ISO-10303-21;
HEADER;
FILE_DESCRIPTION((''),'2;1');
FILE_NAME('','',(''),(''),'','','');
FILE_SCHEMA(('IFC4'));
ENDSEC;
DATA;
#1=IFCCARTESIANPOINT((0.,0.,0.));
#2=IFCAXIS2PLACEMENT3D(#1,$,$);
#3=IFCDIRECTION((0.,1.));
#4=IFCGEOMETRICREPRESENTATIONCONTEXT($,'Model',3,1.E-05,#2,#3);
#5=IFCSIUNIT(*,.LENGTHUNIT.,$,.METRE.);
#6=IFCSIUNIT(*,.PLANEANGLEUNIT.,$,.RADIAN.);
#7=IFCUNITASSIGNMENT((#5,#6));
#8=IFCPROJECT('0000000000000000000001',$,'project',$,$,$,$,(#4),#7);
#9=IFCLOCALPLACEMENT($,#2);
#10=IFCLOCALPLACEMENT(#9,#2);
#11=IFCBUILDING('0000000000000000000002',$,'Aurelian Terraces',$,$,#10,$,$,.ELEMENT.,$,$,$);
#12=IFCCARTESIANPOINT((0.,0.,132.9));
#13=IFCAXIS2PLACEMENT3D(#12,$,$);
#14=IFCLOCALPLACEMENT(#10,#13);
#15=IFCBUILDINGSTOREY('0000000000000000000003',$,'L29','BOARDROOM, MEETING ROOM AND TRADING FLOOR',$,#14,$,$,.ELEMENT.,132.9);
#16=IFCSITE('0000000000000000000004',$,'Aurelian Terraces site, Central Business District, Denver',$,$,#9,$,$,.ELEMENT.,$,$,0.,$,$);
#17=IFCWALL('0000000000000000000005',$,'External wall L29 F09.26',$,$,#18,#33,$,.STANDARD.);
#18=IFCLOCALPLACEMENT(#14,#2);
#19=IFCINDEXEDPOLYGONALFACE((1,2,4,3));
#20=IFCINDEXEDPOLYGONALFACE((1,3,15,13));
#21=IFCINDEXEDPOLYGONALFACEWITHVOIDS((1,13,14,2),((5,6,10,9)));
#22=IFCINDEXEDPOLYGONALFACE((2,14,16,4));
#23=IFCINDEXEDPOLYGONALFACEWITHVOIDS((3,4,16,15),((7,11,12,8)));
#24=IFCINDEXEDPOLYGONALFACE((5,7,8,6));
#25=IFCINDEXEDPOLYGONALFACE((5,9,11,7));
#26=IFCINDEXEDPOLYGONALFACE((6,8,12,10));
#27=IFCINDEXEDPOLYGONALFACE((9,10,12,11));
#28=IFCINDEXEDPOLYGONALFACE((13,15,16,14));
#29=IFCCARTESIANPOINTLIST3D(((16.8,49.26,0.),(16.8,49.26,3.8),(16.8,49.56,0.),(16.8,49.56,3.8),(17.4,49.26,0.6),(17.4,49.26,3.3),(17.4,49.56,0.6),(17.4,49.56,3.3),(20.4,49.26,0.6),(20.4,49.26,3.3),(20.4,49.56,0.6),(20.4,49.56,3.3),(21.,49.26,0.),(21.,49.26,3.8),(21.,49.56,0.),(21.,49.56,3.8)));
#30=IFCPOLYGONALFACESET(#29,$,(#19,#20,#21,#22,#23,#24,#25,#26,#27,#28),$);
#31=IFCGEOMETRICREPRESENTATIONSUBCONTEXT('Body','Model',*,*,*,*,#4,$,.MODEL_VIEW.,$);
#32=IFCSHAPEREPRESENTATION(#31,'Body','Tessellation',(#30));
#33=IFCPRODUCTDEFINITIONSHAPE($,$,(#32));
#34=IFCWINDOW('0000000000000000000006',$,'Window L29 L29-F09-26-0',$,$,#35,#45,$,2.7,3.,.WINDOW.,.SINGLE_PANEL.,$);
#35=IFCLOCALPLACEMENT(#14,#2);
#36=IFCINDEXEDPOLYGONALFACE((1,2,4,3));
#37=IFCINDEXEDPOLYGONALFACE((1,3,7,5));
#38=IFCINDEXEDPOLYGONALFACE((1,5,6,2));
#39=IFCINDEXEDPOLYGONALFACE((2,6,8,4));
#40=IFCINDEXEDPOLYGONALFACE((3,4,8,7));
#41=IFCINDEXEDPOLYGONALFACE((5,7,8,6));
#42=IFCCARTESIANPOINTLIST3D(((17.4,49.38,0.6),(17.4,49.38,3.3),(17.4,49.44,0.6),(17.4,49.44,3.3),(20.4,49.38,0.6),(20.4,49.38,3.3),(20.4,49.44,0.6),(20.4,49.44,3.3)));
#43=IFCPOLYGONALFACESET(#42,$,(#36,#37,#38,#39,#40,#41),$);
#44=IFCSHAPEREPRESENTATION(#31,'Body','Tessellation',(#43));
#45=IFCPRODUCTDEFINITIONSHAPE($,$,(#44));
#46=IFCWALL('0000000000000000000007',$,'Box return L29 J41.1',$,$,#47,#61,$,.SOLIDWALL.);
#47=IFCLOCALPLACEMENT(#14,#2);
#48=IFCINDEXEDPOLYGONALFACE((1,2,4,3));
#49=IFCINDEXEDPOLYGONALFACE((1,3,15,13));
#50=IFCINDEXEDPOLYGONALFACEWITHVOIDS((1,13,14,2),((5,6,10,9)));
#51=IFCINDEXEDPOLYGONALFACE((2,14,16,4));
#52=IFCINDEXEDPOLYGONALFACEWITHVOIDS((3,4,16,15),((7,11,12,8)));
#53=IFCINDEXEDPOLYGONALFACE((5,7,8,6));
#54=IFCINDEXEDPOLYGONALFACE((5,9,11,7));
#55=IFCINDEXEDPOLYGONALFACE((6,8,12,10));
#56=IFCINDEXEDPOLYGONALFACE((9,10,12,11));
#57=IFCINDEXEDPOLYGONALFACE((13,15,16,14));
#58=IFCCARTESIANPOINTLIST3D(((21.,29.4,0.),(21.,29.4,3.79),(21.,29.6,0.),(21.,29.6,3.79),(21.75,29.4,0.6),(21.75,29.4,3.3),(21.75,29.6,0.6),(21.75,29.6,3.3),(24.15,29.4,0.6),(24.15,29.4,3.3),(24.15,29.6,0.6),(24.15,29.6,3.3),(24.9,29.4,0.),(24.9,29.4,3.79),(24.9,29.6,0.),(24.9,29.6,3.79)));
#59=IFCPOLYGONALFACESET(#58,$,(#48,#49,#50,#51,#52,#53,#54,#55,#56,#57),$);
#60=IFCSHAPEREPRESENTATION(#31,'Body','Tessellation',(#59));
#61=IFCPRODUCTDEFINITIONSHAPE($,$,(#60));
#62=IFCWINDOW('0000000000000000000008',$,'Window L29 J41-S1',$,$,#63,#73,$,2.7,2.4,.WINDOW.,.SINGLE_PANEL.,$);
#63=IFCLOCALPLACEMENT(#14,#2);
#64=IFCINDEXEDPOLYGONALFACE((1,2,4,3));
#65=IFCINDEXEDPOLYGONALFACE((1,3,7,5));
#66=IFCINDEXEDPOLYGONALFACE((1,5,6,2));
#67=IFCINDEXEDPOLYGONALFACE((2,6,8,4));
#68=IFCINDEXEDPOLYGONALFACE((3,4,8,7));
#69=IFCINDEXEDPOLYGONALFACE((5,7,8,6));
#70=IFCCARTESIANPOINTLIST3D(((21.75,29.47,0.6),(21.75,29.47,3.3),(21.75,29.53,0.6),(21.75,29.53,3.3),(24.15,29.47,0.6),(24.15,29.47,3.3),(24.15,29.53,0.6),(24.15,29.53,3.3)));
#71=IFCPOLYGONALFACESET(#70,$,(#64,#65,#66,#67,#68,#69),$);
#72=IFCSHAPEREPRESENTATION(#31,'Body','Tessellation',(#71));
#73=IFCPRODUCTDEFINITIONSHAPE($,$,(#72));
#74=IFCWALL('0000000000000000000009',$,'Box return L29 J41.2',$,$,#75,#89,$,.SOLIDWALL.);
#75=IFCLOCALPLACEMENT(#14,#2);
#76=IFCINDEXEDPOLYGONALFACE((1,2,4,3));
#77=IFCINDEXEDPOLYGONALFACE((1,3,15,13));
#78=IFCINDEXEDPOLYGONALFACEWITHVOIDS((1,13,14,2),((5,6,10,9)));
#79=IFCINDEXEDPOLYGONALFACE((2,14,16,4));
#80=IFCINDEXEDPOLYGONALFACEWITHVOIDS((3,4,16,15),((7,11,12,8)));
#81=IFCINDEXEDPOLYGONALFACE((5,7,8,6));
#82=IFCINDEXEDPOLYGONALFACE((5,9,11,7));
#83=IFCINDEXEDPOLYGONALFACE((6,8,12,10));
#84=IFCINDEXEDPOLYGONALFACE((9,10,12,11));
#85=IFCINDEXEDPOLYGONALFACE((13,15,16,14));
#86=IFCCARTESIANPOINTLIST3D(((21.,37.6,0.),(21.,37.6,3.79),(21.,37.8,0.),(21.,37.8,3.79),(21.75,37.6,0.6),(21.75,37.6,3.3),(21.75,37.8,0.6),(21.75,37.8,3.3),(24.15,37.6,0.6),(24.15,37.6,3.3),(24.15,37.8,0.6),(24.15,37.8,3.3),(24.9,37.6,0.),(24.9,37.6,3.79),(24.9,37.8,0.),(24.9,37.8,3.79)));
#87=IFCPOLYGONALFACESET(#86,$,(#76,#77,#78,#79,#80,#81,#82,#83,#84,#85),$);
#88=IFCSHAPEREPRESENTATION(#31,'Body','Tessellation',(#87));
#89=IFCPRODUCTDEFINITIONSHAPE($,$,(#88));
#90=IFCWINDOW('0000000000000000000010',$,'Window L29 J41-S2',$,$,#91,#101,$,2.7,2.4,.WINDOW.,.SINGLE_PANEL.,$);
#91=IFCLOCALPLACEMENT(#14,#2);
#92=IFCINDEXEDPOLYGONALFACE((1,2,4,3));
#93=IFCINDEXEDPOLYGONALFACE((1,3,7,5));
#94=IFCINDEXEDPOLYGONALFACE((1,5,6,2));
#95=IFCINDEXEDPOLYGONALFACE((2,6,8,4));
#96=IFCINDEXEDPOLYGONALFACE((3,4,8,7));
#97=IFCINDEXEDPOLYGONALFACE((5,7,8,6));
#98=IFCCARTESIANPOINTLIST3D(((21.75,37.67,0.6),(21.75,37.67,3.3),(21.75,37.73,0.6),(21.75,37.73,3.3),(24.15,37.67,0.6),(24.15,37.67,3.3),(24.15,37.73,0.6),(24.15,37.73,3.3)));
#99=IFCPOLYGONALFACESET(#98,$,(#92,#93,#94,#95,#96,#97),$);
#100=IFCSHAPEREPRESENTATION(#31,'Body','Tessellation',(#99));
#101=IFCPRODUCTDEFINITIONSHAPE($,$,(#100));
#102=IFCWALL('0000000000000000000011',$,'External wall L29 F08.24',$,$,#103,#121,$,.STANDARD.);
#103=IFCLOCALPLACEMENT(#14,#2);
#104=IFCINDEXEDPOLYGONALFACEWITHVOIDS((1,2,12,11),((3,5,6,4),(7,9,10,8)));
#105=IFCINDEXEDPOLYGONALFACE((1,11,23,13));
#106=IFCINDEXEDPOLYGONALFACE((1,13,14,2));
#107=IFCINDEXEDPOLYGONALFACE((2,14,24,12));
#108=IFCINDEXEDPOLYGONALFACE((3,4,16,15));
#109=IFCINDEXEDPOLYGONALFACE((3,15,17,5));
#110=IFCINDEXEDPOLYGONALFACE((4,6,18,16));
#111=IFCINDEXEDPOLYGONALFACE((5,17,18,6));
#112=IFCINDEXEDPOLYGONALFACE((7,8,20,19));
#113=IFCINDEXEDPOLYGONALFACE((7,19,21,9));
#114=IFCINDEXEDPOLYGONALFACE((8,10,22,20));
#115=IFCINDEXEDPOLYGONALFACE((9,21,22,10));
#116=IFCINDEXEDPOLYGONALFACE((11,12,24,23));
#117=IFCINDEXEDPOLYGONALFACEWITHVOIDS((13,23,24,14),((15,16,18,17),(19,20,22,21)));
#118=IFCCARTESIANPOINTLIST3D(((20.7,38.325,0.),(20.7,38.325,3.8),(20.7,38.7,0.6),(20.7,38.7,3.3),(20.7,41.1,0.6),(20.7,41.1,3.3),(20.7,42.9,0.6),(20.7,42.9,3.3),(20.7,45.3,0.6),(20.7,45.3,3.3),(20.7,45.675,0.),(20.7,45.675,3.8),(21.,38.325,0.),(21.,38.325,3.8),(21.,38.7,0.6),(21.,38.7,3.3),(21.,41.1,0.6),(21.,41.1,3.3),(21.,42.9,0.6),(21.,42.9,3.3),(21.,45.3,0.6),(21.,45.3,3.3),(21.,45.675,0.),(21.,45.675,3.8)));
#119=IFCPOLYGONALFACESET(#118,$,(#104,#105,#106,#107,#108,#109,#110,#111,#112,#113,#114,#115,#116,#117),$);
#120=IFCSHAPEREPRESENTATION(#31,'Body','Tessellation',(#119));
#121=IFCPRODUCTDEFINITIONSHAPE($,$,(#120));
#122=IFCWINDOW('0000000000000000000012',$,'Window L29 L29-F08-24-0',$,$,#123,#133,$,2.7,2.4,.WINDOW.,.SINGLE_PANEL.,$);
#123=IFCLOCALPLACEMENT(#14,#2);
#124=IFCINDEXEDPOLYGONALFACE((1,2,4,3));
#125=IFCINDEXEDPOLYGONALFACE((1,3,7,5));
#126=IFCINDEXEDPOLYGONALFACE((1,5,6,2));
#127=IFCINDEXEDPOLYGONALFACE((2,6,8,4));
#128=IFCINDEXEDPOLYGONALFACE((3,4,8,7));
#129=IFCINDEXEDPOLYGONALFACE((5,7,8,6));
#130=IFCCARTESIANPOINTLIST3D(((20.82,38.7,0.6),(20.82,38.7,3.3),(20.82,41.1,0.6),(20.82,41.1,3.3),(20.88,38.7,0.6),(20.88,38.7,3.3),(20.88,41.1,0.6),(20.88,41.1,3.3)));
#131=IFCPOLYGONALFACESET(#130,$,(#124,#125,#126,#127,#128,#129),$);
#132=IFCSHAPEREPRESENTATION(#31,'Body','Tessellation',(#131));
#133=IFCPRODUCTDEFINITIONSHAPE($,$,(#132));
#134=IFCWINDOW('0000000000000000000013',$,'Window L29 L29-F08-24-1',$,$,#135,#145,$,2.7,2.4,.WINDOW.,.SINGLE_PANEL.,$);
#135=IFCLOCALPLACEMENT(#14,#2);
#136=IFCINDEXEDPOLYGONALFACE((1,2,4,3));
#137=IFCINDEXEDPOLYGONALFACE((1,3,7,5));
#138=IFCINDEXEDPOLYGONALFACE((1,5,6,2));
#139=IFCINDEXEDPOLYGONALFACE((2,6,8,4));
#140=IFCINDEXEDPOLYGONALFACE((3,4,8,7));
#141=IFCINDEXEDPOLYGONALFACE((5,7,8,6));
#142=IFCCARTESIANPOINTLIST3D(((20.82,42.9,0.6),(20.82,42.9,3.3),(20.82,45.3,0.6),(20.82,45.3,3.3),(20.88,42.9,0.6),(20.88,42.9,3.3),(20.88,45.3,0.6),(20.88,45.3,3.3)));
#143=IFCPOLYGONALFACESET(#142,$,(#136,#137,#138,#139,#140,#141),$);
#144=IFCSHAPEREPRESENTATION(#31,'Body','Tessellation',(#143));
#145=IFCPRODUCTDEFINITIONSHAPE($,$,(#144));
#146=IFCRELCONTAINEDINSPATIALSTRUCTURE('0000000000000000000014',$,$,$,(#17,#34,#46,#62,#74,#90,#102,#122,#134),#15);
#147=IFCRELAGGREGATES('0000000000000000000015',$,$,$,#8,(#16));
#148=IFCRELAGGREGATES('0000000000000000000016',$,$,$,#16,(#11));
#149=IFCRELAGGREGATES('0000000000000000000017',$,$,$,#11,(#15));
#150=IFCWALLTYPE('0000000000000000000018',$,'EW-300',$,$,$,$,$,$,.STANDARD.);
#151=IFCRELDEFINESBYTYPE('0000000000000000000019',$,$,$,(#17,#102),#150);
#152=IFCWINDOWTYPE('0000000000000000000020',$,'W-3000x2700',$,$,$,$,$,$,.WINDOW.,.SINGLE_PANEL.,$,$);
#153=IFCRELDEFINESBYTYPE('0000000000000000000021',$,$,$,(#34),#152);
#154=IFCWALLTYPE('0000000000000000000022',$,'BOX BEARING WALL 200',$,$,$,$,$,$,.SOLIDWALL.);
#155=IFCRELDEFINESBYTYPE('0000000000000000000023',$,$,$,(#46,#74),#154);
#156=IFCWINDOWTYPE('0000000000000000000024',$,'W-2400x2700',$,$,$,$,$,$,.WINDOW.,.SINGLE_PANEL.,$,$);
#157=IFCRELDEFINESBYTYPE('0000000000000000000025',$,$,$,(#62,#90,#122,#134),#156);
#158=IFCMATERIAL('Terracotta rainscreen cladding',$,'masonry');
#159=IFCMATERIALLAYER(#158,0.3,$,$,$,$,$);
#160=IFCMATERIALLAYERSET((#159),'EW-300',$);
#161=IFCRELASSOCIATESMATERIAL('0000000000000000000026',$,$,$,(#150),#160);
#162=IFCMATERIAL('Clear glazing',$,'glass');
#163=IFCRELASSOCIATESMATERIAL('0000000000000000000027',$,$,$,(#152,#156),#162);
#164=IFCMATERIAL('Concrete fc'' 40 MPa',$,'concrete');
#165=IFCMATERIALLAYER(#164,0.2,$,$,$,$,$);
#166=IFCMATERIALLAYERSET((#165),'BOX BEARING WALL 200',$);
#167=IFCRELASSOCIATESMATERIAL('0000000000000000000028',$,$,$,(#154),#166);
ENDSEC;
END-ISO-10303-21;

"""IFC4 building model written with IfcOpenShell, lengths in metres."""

from ifc_helpers import new_model, si_unit, direction, frame, frame_2d, origin, place, context, subcontext, project, spatial, rectangle, extrude, source, transform, mapped, material, layer, layer_set, type_object, element, fill, save


model = new_model("IFC4")

# Units and contexts
model_context = context("Model", 3, precision=1e-05, world=origin(), true_north=direction((0.0, 1.0)))
body_context = subcontext(model_context, "Body", "Model", "MODEL_VIEW")
ifc_project = project(units=[si_unit("LENGTHUNIT", "METRE"), si_unit("PLANEANGLEUNIT", "RADIAN")], contexts=[model_context])

# Site, building, storey
site_placement = place(None, origin())
site = spatial("IfcSite", under=ifc_project, at=site_placement, Name="Aurelian Terraces site, Central Business District, Denver", CompositionType="ELEMENT", RefElevation=0.0)
building_placement = place(site_placement, origin())
building = spatial("IfcBuilding", under=site, at=building_placement, Name="Aurelian Terraces", CompositionType="ELEMENT")
storey_placement = place(building_placement, frame((0.0, 0.0, 132.9)))
storey = spatial("IfcBuildingStorey", under=building, at=storey_placement, Name="L29", Description="BOARDROOM, MEETING ROOM AND TRADING FLOOR", CompositionType="ELEMENT", Elevation=132.9)

# Walls, openings, windows
ifc_material_1 = material(Name="Terracotta rainscreen cladding", Category="masonry")
ifc_layer_1 = layer(ifc_material_1, 0.3)
ifc_layer_set_1 = layer_set([ifc_layer_1], Name="EW-300")
wall_type_1 = type_object("IfcWallType", Name="EW-300", PredefinedType="STANDARD", material=ifc_layer_set_1)
shared_shape_1 = source(origin(), body_context, "Body", "SweptSolid", [
    extrude(rectangle(XDim=4.2, YDim=0.3, at=frame_2d((2.1, 0.0))), origin(), (0.0, 0.0, 1.0), 3.8),
])
wall_1_placement = place(storey_placement, frame((21.0, 49.41, 0.0), z_axis=(0.0, 0.0, 1.0), x_axis=(-1.0, 0.0, 0.0)))
wall_1 = element("IfcWall", 1, at=wall_1_placement, inside=storey, type_object=wall_type_1, Name="External wall L29 F09.26", PredefinedType="STANDARD", context=body_context, shape_type="MappedRepresentation", body=[
    mapped(shared_shape_1, transform((0.0, 0.0, 0.0), scale=1.0)),
])
shared_shape_2 = source(origin(), body_context, "Body", "SweptSolid", [
    extrude(rectangle(XDim=3.0, YDim=2.7, at=frame_2d((1.5, 1.35))), frame((0.0, 0.16, 0.0), z_axis=(0.0, -1.0, 0.0), x_axis=(1.0, 0.0, 0.0)), (0.0, 0.0, 1.0), 0.32),
])
opening_1_placement = place(wall_1_placement, frame((0.6, 0.0, 0.6)))
opening_1 = element("IfcOpeningElement", 2, at=opening_1_placement, cuts=wall_1, PredefinedType="OPENING", context=body_context, shape_type="MappedRepresentation", body=[
    mapped(shared_shape_2, transform((0.0, 0.0, 0.0), scale=1.0)),
])
ifc_material_2 = material(Name="Clear glazing", Category="glass")
window_type_1 = type_object("IfcWindowType", Name="W-3000x2700", PartitioningType="SINGLE_PANEL", PredefinedType="WINDOW", material=ifc_material_2)
shared_shape_3 = source(origin(), body_context, "Body", "SweptSolid", [
    extrude(rectangle(XDim=3.0, YDim=2.7, at=frame_2d((1.5, 1.35))), frame((0.0, 0.03, 0.0), z_axis=(0.0, -1.0, 0.0), x_axis=(1.0, 0.0, 0.0)), (0.0, 0.0, 1.0), 0.06),
])
window_1_placement = place(opening_1_placement, origin())
window_1 = element("IfcWindow", 3, at=window_1_placement, inside=storey, type_object=window_type_1, Name="Window L29 L29-F09-26-0", OverallHeight=2.7, OverallWidth=3.0, PartitioningType="SINGLE_PANEL", PredefinedType="WINDOW", context=body_context, shape_type="MappedRepresentation", body=[
    mapped(shared_shape_3, transform((0.0, 0.0, 0.0), scale=1.0)),
])
fill(opening_1, window_1)
ifc_material_3 = material(Name="Concrete fc' 40 MPa", Category="concrete")
ifc_layer_2 = layer(ifc_material_3, 0.2)
ifc_layer_set_2 = layer_set([ifc_layer_2], Name="BOX BEARING WALL 200")
wall_type_2 = type_object("IfcWallType", Name="BOX BEARING WALL 200", PredefinedType="SOLIDWALL", material=ifc_layer_set_2)
shared_shape_4 = source(origin(), body_context, "Body", "SweptSolid", [
    extrude(rectangle(XDim=3.9, YDim=0.2, at=frame_2d((1.95, 0.0))), origin(), (0.0, 0.0, 1.0), 3.79),
])
wall_2_placement = place(storey_placement, frame((21.0, 29.5, 0.0), z_axis=(0.0, 0.0, 1.0), x_axis=(1.0, 0.0, 0.0)))
wall_2 = element("IfcWall", 4, at=wall_2_placement, inside=storey, type_object=wall_type_2, Name="Box return L29 J41.1", PredefinedType="SOLIDWALL", context=body_context, shape_type="MappedRepresentation", body=[
    mapped(shared_shape_4, transform((0.0, 0.0, 0.0), scale=1.0)),
])
shared_shape_5 = source(origin(), body_context, "Body", "SweptSolid", [
    extrude(rectangle(XDim=2.4, YDim=2.7, at=frame_2d((1.2, 1.35))), frame((0.0, 0.11, 0.0), z_axis=(0.0, -1.0, 0.0), x_axis=(1.0, 0.0, 0.0)), (0.0, 0.0, 1.0), 0.22),
])
opening_2_placement = place(wall_2_placement, frame((0.75, 0.0, 0.6)))
opening_2 = element("IfcOpeningElement", 5, at=opening_2_placement, cuts=wall_2, PredefinedType="OPENING", context=body_context, shape_type="MappedRepresentation", body=[
    mapped(shared_shape_5, transform((0.0, 0.0, 0.0), scale=1.0)),
])
window_type_2 = type_object("IfcWindowType", Name="W-2400x2700", PartitioningType="SINGLE_PANEL", PredefinedType="WINDOW", material=ifc_material_2)
shared_shape_6 = source(origin(), body_context, "Body", "SweptSolid", [
    extrude(rectangle(XDim=2.4, YDim=2.7, at=frame_2d((1.2, 1.35))), frame((0.0, 0.03, 0.0), z_axis=(0.0, -1.0, 0.0), x_axis=(1.0, 0.0, 0.0)), (0.0, 0.0, 1.0), 0.06),
])
window_2_placement = place(opening_2_placement, origin())
window_2 = element("IfcWindow", 6, at=window_2_placement, inside=storey, type_object=window_type_2, Name="Window L29 J41-S1", OverallHeight=2.7, OverallWidth=2.4, PartitioningType="SINGLE_PANEL", PredefinedType="WINDOW", context=body_context, shape_type="MappedRepresentation", body=[
    mapped(shared_shape_6, transform((0.0, 0.0, 0.0), scale=1.0)),
])
fill(opening_2, window_2)
wall_3_placement = place(storey_placement, frame((21.0, 37.7, 0.0), z_axis=(0.0, 0.0, 1.0), x_axis=(1.0, 0.0, 0.0)))
wall_3 = element("IfcWall", 7, at=wall_3_placement, inside=storey, type_object=wall_type_2, Name="Box return L29 J41.2", PredefinedType="SOLIDWALL", context=body_context, shape_type="MappedRepresentation", body=[
    mapped(shared_shape_4, transform((0.0, 0.0, 0.0), scale=1.0)),
])
opening_3_placement = place(wall_3_placement, frame((0.75, 0.0, 0.6)))
opening_3 = element("IfcOpeningElement", 8, at=opening_3_placement, cuts=wall_3, PredefinedType="OPENING", context=body_context, shape_type="MappedRepresentation", body=[
    mapped(shared_shape_5, transform((0.0, 0.0, 0.0), scale=1.0)),
])
window_3_placement = place(opening_3_placement, origin())
window_3 = element("IfcWindow", 9, at=window_3_placement, inside=storey, type_object=window_type_2, Name="Window L29 J41-S2", OverallHeight=2.7, OverallWidth=2.4, PartitioningType="SINGLE_PANEL", PredefinedType="WINDOW", context=body_context, shape_type="MappedRepresentation", body=[
    mapped(shared_shape_6, transform((0.0, 0.0, 0.0), scale=1.0)),
])
fill(opening_3, window_3)

# Wall, openings, windows
shared_shape_7 = source(origin(), body_context, "Body", "SweptSolid", [
    extrude(rectangle(XDim=7.35, YDim=0.3, at=frame_2d((3.675, 0.0))), origin(), (0.0, 0.0, 1.0), 3.8),
])
wall_4_placement = place(storey_placement, frame((20.85, 38.325, 0.0), z_axis=(0.0, 0.0, 1.0), x_axis=(0.0, 1.0, 0.0)))
wall_4 = element("IfcWall", 10, at=wall_4_placement, inside=storey, type_object=wall_type_1, Name="External wall L29 F08.24", PredefinedType="STANDARD", context=body_context, shape_type="MappedRepresentation", body=[
    mapped(shared_shape_7, transform((0.0, 0.0, 0.0), scale=1.0)),
])
shared_shape_8 = source(origin(), body_context, "Body", "SweptSolid", [
    extrude(rectangle(XDim=2.4, YDim=2.7, at=frame_2d((1.2, 1.35))), frame((0.0, 0.16, 0.0), z_axis=(0.0, -1.0, 0.0), x_axis=(1.0, 0.0, 0.0)), (0.0, 0.0, 1.0), 0.32),
])
opening_4_placement = place(wall_4_placement, frame((0.375, 0.0, 0.6)))
opening_4 = element("IfcOpeningElement", 11, at=opening_4_placement, cuts=wall_4, PredefinedType="OPENING", context=body_context, shape_type="MappedRepresentation", body=[
    mapped(shared_shape_8, transform((0.0, 0.0, 0.0), scale=1.0)),
])
opening_5_placement = place(wall_4_placement, frame((4.575, 0.0, 0.6)))
opening_5 = element("IfcOpeningElement", 12, at=opening_5_placement, cuts=wall_4, PredefinedType="OPENING", context=body_context, shape_type="MappedRepresentation", body=[
    mapped(shared_shape_8, transform((0.0, 0.0, 0.0), scale=1.0)),
])
window_4_placement = place(opening_4_placement, origin())
window_4 = element("IfcWindow", 13, at=window_4_placement, inside=storey, type_object=window_type_2, Name="Window L29 L29-F08-24-0", OverallHeight=2.7, OverallWidth=2.4, PartitioningType="SINGLE_PANEL", PredefinedType="WINDOW", context=body_context, shape_type="MappedRepresentation", body=[
    mapped(shared_shape_6, transform((0.0, 0.0, 0.0), scale=1.0)),
])
fill(opening_4, window_4)
window_5_placement = place(opening_5_placement, origin())
window_5 = element("IfcWindow", 14, at=window_5_placement, inside=storey, type_object=window_type_2, Name="Window L29 L29-F08-24-1", OverallHeight=2.7, OverallWidth=2.4, PartitioningType="SINGLE_PANEL", PredefinedType="WINDOW", context=body_context, shape_type="MappedRepresentation", body=[
    mapped(shared_shape_6, transform((0.0, 0.0, 0.0), scale=1.0)),
])
fill(opening_5, window_5)

save(model, "model.ifc")
